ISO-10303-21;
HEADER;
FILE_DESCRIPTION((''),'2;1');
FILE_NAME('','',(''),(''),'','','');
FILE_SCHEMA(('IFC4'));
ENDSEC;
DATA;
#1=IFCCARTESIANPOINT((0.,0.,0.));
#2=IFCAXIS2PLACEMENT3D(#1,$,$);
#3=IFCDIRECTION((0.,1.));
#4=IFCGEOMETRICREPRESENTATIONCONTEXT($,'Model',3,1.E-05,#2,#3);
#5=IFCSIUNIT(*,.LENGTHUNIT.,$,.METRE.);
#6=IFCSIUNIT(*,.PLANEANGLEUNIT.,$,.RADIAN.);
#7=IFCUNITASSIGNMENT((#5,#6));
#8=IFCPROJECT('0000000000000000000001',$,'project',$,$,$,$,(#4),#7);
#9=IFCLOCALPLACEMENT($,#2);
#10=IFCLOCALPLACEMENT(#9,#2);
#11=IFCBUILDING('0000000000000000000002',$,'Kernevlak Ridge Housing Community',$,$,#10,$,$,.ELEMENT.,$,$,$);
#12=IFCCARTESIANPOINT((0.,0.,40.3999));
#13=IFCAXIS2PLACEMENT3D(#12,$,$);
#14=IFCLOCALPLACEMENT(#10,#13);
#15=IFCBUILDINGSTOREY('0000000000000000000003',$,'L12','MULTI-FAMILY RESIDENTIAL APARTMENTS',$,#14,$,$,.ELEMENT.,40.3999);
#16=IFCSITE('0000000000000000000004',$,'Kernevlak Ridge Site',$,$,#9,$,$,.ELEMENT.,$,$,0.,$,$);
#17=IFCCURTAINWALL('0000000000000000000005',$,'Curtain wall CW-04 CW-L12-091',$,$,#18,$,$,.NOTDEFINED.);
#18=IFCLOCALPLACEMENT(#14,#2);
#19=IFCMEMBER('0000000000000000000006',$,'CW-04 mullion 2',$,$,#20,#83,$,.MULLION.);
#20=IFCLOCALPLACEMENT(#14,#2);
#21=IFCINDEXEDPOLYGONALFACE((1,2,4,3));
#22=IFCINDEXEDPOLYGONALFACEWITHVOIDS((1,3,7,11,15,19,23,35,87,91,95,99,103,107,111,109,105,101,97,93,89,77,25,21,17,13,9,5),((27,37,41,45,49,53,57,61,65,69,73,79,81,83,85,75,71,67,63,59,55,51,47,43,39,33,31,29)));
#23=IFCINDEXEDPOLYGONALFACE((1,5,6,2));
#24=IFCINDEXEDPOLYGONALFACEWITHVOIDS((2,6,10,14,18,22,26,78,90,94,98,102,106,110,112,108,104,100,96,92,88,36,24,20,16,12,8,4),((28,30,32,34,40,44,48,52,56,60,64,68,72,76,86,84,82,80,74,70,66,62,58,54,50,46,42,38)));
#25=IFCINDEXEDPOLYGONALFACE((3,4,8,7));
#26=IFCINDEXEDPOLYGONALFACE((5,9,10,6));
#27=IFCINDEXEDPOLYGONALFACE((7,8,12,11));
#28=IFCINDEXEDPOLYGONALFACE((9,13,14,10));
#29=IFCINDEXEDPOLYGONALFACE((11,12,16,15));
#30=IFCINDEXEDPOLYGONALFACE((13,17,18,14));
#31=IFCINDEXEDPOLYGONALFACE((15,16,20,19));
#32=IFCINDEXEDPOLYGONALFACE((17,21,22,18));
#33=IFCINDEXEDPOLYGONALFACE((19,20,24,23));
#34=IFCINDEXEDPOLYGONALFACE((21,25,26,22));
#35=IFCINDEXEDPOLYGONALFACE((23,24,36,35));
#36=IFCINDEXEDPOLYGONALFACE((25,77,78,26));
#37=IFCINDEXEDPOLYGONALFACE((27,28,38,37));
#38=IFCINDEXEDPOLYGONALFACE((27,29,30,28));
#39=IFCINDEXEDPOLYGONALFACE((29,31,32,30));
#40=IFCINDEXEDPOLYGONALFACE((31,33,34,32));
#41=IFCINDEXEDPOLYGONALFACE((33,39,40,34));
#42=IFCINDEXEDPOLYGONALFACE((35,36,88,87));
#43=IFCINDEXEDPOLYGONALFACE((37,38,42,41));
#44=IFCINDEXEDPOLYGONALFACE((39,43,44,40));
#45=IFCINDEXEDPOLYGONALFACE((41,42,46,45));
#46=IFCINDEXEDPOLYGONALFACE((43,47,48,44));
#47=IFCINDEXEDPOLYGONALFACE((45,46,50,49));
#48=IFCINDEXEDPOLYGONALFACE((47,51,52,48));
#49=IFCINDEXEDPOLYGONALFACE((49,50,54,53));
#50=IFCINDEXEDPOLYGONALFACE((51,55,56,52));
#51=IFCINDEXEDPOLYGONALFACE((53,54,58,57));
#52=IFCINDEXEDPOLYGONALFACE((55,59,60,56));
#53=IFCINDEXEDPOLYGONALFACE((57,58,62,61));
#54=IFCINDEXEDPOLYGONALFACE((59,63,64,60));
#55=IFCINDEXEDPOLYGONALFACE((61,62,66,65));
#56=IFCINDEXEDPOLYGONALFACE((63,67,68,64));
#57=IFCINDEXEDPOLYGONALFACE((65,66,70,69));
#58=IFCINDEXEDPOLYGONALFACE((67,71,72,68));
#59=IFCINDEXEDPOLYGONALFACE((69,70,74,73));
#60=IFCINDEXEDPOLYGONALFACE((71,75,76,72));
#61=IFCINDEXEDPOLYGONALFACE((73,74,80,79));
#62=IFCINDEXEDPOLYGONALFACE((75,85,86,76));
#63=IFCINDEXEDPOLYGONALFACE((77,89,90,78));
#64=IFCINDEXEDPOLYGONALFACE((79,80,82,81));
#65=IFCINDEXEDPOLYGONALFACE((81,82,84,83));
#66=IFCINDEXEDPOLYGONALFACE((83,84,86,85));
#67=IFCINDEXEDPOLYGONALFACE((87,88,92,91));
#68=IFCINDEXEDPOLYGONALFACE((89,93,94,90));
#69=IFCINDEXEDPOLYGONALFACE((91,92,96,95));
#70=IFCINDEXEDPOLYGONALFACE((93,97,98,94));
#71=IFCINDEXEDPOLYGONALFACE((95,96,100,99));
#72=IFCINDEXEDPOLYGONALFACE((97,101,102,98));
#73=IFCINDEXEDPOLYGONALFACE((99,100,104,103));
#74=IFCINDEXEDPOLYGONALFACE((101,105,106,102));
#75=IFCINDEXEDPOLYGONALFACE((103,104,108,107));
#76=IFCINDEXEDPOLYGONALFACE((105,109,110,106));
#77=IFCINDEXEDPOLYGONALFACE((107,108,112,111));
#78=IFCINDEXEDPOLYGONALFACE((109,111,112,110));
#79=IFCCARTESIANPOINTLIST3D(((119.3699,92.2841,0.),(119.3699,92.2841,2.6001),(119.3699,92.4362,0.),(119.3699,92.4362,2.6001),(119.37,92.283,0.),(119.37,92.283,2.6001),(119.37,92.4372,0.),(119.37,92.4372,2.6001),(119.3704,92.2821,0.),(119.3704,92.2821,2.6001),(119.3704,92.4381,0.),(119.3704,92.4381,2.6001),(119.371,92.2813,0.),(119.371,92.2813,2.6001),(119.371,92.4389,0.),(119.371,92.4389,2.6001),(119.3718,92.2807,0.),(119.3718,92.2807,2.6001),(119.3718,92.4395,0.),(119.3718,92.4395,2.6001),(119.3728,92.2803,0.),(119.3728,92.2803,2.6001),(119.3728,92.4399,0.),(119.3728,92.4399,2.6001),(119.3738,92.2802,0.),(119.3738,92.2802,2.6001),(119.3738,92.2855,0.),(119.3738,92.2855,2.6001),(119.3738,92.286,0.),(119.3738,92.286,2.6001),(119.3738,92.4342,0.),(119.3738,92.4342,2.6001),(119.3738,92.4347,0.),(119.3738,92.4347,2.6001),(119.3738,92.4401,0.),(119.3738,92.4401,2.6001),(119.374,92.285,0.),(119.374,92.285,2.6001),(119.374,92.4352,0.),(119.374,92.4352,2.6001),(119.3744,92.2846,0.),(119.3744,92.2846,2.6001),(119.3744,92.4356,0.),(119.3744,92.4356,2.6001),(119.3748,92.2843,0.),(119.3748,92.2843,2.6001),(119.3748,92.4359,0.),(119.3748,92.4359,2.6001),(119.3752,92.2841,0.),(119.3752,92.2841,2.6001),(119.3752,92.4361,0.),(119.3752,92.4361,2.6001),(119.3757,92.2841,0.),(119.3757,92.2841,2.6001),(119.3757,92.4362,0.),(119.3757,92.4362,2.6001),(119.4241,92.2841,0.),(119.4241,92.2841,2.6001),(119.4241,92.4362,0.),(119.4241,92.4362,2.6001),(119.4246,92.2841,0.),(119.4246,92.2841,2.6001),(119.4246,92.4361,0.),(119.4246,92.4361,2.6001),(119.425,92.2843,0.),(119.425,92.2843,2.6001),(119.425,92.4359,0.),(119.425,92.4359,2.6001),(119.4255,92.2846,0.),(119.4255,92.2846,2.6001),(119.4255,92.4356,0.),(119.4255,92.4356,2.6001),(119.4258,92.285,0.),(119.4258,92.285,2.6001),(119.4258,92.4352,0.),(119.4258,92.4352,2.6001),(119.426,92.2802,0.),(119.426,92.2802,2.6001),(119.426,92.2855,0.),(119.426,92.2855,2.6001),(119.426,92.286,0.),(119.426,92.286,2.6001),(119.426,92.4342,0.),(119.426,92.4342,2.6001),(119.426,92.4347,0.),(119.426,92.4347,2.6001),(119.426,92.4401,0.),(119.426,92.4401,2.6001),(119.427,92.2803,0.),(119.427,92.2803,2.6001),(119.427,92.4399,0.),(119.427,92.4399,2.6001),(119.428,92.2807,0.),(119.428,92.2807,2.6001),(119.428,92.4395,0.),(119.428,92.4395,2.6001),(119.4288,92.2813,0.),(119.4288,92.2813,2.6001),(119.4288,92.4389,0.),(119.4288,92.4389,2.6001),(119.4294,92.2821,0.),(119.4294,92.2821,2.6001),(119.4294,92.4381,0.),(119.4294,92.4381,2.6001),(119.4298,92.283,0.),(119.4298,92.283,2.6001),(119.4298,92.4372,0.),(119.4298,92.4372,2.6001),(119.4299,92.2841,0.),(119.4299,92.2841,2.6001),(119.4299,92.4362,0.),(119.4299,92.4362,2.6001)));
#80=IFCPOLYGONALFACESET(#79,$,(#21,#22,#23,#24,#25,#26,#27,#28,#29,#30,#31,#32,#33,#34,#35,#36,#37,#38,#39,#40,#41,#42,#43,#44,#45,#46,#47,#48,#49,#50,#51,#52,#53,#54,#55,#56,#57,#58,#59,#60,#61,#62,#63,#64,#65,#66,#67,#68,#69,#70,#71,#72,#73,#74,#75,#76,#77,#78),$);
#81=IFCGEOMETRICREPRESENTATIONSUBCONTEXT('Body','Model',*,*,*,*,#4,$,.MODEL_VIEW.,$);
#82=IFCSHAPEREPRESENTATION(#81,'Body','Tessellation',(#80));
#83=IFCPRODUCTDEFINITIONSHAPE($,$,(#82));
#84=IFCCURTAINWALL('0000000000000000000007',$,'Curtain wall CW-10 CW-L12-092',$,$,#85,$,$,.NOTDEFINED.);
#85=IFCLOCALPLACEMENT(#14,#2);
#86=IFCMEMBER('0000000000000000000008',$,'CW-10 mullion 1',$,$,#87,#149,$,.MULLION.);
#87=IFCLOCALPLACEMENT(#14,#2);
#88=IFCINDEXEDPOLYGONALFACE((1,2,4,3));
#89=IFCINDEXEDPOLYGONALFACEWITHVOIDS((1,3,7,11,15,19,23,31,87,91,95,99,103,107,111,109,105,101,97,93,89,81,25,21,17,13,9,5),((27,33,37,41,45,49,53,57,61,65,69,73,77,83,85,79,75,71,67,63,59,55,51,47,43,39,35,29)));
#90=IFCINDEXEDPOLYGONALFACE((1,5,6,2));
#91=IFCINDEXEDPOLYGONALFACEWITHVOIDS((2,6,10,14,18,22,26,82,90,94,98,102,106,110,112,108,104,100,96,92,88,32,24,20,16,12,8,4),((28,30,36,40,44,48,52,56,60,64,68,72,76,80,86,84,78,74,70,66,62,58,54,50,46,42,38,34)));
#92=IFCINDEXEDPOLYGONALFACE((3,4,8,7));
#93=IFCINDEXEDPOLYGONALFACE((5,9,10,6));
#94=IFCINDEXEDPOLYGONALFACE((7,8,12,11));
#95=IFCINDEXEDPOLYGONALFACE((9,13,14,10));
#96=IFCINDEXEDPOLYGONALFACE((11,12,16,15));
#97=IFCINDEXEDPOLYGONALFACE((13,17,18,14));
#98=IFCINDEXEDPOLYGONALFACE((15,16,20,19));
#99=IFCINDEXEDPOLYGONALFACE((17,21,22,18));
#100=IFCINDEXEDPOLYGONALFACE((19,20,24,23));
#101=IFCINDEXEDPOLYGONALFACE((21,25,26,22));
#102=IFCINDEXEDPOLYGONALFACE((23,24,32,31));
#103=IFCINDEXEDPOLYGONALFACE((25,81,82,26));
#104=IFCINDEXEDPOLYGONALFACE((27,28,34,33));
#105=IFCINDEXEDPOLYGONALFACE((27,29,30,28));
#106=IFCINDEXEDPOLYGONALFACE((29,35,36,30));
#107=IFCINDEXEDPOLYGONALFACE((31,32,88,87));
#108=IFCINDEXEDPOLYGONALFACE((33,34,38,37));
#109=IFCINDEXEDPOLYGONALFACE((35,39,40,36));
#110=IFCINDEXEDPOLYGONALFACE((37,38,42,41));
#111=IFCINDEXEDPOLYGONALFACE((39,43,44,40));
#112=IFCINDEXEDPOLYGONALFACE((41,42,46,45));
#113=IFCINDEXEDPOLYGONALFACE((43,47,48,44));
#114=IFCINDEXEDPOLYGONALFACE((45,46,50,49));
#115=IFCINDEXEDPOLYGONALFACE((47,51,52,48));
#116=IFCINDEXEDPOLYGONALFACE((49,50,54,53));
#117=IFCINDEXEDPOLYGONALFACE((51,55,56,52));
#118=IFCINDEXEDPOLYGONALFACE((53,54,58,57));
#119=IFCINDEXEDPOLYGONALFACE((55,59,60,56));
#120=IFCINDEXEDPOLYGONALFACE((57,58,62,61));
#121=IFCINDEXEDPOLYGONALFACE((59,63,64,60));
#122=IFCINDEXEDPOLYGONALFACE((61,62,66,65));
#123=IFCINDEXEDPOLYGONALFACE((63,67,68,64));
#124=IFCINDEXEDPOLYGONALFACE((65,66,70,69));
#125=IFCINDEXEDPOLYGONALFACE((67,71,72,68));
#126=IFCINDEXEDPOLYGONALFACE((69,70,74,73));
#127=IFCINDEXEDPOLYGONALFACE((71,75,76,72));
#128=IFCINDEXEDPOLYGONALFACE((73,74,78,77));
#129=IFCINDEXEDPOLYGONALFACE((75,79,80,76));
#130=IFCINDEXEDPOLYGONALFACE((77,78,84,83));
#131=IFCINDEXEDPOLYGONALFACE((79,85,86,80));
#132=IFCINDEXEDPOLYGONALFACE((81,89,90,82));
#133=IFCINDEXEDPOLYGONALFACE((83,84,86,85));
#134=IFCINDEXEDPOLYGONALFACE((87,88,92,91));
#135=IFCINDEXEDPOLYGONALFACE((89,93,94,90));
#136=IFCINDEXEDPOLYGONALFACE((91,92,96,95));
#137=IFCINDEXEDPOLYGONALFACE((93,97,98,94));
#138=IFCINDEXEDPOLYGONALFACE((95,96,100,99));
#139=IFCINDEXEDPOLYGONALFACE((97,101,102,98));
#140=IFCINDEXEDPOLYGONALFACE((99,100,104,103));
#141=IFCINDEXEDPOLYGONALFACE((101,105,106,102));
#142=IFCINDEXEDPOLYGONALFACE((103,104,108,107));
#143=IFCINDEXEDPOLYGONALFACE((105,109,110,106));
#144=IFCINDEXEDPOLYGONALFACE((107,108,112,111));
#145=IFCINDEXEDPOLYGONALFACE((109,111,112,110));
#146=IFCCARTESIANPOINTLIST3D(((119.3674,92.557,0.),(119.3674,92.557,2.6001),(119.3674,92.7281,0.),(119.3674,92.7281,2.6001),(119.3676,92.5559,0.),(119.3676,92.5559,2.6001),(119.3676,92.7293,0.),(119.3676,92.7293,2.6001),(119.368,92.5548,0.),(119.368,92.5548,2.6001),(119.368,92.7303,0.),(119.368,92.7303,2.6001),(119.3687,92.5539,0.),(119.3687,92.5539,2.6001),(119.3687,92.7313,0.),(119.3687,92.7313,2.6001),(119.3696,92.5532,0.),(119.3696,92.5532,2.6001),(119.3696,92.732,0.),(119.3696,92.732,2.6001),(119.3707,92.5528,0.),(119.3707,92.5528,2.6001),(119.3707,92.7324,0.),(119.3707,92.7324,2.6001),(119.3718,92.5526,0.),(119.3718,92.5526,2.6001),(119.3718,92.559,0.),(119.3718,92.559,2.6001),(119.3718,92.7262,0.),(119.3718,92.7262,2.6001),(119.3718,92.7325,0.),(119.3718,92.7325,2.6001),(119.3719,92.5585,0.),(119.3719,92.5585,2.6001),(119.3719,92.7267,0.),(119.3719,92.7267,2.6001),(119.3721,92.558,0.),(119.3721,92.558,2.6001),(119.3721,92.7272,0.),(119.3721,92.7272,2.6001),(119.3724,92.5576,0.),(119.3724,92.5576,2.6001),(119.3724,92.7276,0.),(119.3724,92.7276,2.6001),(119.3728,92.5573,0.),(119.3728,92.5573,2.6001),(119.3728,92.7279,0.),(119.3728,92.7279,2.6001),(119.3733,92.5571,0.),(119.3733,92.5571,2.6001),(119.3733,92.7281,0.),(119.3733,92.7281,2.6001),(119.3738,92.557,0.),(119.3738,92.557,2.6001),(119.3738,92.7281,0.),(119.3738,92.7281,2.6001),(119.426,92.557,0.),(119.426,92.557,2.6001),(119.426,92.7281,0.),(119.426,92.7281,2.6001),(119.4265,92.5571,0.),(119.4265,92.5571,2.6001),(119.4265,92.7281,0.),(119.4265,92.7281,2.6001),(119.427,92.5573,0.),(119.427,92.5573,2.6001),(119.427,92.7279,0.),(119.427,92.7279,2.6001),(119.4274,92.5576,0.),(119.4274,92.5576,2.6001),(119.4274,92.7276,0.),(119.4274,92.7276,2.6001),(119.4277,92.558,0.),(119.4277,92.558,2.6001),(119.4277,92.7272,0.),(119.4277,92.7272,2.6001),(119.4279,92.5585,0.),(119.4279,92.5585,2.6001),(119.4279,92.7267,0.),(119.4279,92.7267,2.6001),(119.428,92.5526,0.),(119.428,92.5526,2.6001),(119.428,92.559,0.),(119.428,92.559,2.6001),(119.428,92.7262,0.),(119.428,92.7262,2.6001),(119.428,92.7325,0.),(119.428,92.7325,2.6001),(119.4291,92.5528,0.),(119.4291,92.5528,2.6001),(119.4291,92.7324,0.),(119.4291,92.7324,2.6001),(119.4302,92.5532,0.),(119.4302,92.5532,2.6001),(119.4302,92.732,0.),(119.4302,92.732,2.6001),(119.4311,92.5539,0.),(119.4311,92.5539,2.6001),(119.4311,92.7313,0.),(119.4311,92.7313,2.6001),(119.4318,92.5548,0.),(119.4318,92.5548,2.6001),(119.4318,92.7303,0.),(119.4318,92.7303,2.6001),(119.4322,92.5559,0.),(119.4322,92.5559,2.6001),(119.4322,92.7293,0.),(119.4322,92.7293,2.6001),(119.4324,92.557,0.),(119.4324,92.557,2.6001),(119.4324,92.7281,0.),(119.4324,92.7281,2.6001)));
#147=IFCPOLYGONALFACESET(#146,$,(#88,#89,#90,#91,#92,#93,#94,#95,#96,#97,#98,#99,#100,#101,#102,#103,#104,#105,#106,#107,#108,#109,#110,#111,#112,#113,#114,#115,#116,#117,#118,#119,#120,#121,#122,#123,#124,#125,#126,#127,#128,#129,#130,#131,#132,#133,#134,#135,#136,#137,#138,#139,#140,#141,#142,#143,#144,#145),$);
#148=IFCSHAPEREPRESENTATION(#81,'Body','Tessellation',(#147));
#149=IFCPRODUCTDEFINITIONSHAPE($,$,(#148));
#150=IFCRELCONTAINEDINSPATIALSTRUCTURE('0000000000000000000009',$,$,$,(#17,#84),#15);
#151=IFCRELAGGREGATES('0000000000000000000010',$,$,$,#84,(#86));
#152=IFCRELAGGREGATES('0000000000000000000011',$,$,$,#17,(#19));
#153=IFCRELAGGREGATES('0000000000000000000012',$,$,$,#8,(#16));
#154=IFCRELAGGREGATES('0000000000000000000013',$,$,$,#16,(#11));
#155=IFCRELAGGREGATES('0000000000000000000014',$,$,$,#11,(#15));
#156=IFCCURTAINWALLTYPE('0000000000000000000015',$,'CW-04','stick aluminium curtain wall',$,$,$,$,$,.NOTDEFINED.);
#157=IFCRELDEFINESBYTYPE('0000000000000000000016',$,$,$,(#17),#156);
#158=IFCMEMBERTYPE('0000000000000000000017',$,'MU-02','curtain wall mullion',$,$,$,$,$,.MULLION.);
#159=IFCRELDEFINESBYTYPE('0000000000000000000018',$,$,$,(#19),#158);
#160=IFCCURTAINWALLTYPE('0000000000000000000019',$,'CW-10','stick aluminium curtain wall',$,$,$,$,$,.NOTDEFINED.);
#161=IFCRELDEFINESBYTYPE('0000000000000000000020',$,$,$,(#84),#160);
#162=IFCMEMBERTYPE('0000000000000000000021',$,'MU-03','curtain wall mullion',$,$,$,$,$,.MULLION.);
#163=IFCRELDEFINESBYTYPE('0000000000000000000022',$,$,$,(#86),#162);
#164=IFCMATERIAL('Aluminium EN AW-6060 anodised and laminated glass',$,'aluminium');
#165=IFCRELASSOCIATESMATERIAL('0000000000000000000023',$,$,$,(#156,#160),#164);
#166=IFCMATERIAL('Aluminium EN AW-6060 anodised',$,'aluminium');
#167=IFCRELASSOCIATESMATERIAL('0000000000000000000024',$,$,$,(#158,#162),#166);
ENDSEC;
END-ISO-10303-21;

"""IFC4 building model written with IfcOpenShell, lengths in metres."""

from ifc_helpers import new_model, si_unit, direction, frame, origin, origin_2d, place, context, subcontext, project, spatial, hollow_rectangle, extrude, material, material_profile, profile_set, type_object, element, aggregate, save


model = new_model("IFC4")

# Units and contexts
model_context = context("Model", 3, precision=1e-05, world=origin(), true_north=direction((0.0, 1.0)))
body_context = subcontext(model_context, "Body", "Model", "MODEL_VIEW")
ifc_project = project(units=[si_unit("LENGTHUNIT", "METRE"), si_unit("PLANEANGLEUNIT", "RADIAN")], contexts=[model_context])

# Site, building, storey
site_placement = place(None, origin())
site = spatial("IfcSite", under=ifc_project, at=site_placement, Name="Kernevlak Ridge Site", CompositionType="ELEMENT", RefElevation=0.0)
building_placement = place(site_placement, origin())
building = spatial("IfcBuilding", under=site, at=building_placement, Name="Kernevlak Ridge Housing Community", CompositionType="ELEMENT")
storey_placement = place(building_placement, frame((0.0, 0.0, 40.3999)))
storey = spatial("IfcBuildingStorey", under=building, at=storey_placement, Name="L12", Description="MULTI-FAMILY RESIDENTIAL APARTMENTS", CompositionType="ELEMENT", Elevation=40.3999)

# Curtain wall, member
ifc_material_1 = material(Name="Aluminium EN AW-6060 anodised and laminated glass", Category="aluminium")
curtain_wall_type_1 = type_object("IfcCurtainWallType", Name="CW-04", Description="stick aluminium curtain wall", PredefinedType="NOTDEFINED", material=ifc_material_1)
curtain_wall_1_placement = place(storey_placement, origin())
curtain_wall_1 = element("IfcCurtainWall", 1, at=curtain_wall_1_placement, inside=storey, type_object=curtain_wall_type_1, Name="Curtain wall CW-04 CW-L12-091", PredefinedType="NOTDEFINED")
ifc_material_2 = material(Name="Aluminium EN AW-6060 anodised", Category="aluminium")
ifc_material_profile_1 = material_profile(ifc_material_2, hollow_rectangle(XDim=0.0601, YDim=0.1599, WallThickness=0.0039, InnerFilletRadius=0.002, OuterFilletRadius=0.0039, at=origin_2d()), Name="ALU 60x160x4")
ifc_profile_set_1 = profile_set([ifc_material_profile_1], Name="Aluminium EN AW-6060 anodised")
member_type_1 = type_object("IfcMemberType", Name="MU-02", Description="curtain wall mullion", PredefinedType="MULLION", material=ifc_profile_set_1)
member_1_placement = place(storey_placement, frame((119.3999, 92.3601, 0.0), z_axis=(0.0, 0.0, 1.0), x_axis=(-1.0, 0.0, 0.0)))
member_1 = element("IfcMember", 2, at=member_1_placement, type_object=member_type_1, Name="CW-04 mullion 2", PredefinedType="MULLION", context=body_context, shape_type="SweptSolid", body=[
    extrude(hollow_rectangle(XDim=0.0601, YDim=0.1599, WallThickness=0.0039, InnerFilletRadius=0.002, OuterFilletRadius=0.0039, at=origin_2d()), origin(), (0.0, 0.0, 1.0), 2.6001),
])

# Curtain wall, member
curtain_wall_type_2 = type_object("IfcCurtainWallType", Name="CW-10", Description="stick aluminium curtain wall", PredefinedType="NOTDEFINED", material=ifc_material_1)
curtain_wall_2_placement = place(storey_placement, origin())
curtain_wall_2 = element("IfcCurtainWall", 3, at=curtain_wall_2_placement, inside=storey, type_object=curtain_wall_type_2, Name="Curtain wall CW-10 CW-L12-092", PredefinedType="NOTDEFINED")
ifc_material_profile_2 = material_profile(ifc_material_2, hollow_rectangle(XDim=0.0649, YDim=0.1799, WallThickness=0.0044, InnerFilletRadius=0.002, OuterFilletRadius=0.0044, at=origin_2d()), Name="ALU 65x180x4.5")
ifc_profile_set_2 = profile_set([ifc_material_profile_2], Name="Aluminium EN AW-6060 anodised")
member_type_2 = type_object("IfcMemberType", Name="MU-03", Description="curtain wall mullion", PredefinedType="MULLION", material=ifc_profile_set_2)
member_2_placement = place(storey_placement, frame((119.3999, 92.6426, 0.0), z_axis=(0.0, 0.0, 1.0), x_axis=(-1.0, 0.0, 0.0)))
member_2 = element("IfcMember", 4, at=member_2_placement, type_object=member_type_2, Name="CW-10 mullion 1", PredefinedType="MULLION", context=body_context, shape_type="SweptSolid", body=[
    extrude(hollow_rectangle(XDim=0.0649, YDim=0.1799, WallThickness=0.0044, InnerFilletRadius=0.002, OuterFilletRadius=0.0044, at=origin_2d()), origin(), (0.0, 0.0, 1.0), 2.6001),
])

aggregate(curtain_wall_2, [member_2])
aggregate(curtain_wall_1, [member_1])

save(model, "model.ifc")
